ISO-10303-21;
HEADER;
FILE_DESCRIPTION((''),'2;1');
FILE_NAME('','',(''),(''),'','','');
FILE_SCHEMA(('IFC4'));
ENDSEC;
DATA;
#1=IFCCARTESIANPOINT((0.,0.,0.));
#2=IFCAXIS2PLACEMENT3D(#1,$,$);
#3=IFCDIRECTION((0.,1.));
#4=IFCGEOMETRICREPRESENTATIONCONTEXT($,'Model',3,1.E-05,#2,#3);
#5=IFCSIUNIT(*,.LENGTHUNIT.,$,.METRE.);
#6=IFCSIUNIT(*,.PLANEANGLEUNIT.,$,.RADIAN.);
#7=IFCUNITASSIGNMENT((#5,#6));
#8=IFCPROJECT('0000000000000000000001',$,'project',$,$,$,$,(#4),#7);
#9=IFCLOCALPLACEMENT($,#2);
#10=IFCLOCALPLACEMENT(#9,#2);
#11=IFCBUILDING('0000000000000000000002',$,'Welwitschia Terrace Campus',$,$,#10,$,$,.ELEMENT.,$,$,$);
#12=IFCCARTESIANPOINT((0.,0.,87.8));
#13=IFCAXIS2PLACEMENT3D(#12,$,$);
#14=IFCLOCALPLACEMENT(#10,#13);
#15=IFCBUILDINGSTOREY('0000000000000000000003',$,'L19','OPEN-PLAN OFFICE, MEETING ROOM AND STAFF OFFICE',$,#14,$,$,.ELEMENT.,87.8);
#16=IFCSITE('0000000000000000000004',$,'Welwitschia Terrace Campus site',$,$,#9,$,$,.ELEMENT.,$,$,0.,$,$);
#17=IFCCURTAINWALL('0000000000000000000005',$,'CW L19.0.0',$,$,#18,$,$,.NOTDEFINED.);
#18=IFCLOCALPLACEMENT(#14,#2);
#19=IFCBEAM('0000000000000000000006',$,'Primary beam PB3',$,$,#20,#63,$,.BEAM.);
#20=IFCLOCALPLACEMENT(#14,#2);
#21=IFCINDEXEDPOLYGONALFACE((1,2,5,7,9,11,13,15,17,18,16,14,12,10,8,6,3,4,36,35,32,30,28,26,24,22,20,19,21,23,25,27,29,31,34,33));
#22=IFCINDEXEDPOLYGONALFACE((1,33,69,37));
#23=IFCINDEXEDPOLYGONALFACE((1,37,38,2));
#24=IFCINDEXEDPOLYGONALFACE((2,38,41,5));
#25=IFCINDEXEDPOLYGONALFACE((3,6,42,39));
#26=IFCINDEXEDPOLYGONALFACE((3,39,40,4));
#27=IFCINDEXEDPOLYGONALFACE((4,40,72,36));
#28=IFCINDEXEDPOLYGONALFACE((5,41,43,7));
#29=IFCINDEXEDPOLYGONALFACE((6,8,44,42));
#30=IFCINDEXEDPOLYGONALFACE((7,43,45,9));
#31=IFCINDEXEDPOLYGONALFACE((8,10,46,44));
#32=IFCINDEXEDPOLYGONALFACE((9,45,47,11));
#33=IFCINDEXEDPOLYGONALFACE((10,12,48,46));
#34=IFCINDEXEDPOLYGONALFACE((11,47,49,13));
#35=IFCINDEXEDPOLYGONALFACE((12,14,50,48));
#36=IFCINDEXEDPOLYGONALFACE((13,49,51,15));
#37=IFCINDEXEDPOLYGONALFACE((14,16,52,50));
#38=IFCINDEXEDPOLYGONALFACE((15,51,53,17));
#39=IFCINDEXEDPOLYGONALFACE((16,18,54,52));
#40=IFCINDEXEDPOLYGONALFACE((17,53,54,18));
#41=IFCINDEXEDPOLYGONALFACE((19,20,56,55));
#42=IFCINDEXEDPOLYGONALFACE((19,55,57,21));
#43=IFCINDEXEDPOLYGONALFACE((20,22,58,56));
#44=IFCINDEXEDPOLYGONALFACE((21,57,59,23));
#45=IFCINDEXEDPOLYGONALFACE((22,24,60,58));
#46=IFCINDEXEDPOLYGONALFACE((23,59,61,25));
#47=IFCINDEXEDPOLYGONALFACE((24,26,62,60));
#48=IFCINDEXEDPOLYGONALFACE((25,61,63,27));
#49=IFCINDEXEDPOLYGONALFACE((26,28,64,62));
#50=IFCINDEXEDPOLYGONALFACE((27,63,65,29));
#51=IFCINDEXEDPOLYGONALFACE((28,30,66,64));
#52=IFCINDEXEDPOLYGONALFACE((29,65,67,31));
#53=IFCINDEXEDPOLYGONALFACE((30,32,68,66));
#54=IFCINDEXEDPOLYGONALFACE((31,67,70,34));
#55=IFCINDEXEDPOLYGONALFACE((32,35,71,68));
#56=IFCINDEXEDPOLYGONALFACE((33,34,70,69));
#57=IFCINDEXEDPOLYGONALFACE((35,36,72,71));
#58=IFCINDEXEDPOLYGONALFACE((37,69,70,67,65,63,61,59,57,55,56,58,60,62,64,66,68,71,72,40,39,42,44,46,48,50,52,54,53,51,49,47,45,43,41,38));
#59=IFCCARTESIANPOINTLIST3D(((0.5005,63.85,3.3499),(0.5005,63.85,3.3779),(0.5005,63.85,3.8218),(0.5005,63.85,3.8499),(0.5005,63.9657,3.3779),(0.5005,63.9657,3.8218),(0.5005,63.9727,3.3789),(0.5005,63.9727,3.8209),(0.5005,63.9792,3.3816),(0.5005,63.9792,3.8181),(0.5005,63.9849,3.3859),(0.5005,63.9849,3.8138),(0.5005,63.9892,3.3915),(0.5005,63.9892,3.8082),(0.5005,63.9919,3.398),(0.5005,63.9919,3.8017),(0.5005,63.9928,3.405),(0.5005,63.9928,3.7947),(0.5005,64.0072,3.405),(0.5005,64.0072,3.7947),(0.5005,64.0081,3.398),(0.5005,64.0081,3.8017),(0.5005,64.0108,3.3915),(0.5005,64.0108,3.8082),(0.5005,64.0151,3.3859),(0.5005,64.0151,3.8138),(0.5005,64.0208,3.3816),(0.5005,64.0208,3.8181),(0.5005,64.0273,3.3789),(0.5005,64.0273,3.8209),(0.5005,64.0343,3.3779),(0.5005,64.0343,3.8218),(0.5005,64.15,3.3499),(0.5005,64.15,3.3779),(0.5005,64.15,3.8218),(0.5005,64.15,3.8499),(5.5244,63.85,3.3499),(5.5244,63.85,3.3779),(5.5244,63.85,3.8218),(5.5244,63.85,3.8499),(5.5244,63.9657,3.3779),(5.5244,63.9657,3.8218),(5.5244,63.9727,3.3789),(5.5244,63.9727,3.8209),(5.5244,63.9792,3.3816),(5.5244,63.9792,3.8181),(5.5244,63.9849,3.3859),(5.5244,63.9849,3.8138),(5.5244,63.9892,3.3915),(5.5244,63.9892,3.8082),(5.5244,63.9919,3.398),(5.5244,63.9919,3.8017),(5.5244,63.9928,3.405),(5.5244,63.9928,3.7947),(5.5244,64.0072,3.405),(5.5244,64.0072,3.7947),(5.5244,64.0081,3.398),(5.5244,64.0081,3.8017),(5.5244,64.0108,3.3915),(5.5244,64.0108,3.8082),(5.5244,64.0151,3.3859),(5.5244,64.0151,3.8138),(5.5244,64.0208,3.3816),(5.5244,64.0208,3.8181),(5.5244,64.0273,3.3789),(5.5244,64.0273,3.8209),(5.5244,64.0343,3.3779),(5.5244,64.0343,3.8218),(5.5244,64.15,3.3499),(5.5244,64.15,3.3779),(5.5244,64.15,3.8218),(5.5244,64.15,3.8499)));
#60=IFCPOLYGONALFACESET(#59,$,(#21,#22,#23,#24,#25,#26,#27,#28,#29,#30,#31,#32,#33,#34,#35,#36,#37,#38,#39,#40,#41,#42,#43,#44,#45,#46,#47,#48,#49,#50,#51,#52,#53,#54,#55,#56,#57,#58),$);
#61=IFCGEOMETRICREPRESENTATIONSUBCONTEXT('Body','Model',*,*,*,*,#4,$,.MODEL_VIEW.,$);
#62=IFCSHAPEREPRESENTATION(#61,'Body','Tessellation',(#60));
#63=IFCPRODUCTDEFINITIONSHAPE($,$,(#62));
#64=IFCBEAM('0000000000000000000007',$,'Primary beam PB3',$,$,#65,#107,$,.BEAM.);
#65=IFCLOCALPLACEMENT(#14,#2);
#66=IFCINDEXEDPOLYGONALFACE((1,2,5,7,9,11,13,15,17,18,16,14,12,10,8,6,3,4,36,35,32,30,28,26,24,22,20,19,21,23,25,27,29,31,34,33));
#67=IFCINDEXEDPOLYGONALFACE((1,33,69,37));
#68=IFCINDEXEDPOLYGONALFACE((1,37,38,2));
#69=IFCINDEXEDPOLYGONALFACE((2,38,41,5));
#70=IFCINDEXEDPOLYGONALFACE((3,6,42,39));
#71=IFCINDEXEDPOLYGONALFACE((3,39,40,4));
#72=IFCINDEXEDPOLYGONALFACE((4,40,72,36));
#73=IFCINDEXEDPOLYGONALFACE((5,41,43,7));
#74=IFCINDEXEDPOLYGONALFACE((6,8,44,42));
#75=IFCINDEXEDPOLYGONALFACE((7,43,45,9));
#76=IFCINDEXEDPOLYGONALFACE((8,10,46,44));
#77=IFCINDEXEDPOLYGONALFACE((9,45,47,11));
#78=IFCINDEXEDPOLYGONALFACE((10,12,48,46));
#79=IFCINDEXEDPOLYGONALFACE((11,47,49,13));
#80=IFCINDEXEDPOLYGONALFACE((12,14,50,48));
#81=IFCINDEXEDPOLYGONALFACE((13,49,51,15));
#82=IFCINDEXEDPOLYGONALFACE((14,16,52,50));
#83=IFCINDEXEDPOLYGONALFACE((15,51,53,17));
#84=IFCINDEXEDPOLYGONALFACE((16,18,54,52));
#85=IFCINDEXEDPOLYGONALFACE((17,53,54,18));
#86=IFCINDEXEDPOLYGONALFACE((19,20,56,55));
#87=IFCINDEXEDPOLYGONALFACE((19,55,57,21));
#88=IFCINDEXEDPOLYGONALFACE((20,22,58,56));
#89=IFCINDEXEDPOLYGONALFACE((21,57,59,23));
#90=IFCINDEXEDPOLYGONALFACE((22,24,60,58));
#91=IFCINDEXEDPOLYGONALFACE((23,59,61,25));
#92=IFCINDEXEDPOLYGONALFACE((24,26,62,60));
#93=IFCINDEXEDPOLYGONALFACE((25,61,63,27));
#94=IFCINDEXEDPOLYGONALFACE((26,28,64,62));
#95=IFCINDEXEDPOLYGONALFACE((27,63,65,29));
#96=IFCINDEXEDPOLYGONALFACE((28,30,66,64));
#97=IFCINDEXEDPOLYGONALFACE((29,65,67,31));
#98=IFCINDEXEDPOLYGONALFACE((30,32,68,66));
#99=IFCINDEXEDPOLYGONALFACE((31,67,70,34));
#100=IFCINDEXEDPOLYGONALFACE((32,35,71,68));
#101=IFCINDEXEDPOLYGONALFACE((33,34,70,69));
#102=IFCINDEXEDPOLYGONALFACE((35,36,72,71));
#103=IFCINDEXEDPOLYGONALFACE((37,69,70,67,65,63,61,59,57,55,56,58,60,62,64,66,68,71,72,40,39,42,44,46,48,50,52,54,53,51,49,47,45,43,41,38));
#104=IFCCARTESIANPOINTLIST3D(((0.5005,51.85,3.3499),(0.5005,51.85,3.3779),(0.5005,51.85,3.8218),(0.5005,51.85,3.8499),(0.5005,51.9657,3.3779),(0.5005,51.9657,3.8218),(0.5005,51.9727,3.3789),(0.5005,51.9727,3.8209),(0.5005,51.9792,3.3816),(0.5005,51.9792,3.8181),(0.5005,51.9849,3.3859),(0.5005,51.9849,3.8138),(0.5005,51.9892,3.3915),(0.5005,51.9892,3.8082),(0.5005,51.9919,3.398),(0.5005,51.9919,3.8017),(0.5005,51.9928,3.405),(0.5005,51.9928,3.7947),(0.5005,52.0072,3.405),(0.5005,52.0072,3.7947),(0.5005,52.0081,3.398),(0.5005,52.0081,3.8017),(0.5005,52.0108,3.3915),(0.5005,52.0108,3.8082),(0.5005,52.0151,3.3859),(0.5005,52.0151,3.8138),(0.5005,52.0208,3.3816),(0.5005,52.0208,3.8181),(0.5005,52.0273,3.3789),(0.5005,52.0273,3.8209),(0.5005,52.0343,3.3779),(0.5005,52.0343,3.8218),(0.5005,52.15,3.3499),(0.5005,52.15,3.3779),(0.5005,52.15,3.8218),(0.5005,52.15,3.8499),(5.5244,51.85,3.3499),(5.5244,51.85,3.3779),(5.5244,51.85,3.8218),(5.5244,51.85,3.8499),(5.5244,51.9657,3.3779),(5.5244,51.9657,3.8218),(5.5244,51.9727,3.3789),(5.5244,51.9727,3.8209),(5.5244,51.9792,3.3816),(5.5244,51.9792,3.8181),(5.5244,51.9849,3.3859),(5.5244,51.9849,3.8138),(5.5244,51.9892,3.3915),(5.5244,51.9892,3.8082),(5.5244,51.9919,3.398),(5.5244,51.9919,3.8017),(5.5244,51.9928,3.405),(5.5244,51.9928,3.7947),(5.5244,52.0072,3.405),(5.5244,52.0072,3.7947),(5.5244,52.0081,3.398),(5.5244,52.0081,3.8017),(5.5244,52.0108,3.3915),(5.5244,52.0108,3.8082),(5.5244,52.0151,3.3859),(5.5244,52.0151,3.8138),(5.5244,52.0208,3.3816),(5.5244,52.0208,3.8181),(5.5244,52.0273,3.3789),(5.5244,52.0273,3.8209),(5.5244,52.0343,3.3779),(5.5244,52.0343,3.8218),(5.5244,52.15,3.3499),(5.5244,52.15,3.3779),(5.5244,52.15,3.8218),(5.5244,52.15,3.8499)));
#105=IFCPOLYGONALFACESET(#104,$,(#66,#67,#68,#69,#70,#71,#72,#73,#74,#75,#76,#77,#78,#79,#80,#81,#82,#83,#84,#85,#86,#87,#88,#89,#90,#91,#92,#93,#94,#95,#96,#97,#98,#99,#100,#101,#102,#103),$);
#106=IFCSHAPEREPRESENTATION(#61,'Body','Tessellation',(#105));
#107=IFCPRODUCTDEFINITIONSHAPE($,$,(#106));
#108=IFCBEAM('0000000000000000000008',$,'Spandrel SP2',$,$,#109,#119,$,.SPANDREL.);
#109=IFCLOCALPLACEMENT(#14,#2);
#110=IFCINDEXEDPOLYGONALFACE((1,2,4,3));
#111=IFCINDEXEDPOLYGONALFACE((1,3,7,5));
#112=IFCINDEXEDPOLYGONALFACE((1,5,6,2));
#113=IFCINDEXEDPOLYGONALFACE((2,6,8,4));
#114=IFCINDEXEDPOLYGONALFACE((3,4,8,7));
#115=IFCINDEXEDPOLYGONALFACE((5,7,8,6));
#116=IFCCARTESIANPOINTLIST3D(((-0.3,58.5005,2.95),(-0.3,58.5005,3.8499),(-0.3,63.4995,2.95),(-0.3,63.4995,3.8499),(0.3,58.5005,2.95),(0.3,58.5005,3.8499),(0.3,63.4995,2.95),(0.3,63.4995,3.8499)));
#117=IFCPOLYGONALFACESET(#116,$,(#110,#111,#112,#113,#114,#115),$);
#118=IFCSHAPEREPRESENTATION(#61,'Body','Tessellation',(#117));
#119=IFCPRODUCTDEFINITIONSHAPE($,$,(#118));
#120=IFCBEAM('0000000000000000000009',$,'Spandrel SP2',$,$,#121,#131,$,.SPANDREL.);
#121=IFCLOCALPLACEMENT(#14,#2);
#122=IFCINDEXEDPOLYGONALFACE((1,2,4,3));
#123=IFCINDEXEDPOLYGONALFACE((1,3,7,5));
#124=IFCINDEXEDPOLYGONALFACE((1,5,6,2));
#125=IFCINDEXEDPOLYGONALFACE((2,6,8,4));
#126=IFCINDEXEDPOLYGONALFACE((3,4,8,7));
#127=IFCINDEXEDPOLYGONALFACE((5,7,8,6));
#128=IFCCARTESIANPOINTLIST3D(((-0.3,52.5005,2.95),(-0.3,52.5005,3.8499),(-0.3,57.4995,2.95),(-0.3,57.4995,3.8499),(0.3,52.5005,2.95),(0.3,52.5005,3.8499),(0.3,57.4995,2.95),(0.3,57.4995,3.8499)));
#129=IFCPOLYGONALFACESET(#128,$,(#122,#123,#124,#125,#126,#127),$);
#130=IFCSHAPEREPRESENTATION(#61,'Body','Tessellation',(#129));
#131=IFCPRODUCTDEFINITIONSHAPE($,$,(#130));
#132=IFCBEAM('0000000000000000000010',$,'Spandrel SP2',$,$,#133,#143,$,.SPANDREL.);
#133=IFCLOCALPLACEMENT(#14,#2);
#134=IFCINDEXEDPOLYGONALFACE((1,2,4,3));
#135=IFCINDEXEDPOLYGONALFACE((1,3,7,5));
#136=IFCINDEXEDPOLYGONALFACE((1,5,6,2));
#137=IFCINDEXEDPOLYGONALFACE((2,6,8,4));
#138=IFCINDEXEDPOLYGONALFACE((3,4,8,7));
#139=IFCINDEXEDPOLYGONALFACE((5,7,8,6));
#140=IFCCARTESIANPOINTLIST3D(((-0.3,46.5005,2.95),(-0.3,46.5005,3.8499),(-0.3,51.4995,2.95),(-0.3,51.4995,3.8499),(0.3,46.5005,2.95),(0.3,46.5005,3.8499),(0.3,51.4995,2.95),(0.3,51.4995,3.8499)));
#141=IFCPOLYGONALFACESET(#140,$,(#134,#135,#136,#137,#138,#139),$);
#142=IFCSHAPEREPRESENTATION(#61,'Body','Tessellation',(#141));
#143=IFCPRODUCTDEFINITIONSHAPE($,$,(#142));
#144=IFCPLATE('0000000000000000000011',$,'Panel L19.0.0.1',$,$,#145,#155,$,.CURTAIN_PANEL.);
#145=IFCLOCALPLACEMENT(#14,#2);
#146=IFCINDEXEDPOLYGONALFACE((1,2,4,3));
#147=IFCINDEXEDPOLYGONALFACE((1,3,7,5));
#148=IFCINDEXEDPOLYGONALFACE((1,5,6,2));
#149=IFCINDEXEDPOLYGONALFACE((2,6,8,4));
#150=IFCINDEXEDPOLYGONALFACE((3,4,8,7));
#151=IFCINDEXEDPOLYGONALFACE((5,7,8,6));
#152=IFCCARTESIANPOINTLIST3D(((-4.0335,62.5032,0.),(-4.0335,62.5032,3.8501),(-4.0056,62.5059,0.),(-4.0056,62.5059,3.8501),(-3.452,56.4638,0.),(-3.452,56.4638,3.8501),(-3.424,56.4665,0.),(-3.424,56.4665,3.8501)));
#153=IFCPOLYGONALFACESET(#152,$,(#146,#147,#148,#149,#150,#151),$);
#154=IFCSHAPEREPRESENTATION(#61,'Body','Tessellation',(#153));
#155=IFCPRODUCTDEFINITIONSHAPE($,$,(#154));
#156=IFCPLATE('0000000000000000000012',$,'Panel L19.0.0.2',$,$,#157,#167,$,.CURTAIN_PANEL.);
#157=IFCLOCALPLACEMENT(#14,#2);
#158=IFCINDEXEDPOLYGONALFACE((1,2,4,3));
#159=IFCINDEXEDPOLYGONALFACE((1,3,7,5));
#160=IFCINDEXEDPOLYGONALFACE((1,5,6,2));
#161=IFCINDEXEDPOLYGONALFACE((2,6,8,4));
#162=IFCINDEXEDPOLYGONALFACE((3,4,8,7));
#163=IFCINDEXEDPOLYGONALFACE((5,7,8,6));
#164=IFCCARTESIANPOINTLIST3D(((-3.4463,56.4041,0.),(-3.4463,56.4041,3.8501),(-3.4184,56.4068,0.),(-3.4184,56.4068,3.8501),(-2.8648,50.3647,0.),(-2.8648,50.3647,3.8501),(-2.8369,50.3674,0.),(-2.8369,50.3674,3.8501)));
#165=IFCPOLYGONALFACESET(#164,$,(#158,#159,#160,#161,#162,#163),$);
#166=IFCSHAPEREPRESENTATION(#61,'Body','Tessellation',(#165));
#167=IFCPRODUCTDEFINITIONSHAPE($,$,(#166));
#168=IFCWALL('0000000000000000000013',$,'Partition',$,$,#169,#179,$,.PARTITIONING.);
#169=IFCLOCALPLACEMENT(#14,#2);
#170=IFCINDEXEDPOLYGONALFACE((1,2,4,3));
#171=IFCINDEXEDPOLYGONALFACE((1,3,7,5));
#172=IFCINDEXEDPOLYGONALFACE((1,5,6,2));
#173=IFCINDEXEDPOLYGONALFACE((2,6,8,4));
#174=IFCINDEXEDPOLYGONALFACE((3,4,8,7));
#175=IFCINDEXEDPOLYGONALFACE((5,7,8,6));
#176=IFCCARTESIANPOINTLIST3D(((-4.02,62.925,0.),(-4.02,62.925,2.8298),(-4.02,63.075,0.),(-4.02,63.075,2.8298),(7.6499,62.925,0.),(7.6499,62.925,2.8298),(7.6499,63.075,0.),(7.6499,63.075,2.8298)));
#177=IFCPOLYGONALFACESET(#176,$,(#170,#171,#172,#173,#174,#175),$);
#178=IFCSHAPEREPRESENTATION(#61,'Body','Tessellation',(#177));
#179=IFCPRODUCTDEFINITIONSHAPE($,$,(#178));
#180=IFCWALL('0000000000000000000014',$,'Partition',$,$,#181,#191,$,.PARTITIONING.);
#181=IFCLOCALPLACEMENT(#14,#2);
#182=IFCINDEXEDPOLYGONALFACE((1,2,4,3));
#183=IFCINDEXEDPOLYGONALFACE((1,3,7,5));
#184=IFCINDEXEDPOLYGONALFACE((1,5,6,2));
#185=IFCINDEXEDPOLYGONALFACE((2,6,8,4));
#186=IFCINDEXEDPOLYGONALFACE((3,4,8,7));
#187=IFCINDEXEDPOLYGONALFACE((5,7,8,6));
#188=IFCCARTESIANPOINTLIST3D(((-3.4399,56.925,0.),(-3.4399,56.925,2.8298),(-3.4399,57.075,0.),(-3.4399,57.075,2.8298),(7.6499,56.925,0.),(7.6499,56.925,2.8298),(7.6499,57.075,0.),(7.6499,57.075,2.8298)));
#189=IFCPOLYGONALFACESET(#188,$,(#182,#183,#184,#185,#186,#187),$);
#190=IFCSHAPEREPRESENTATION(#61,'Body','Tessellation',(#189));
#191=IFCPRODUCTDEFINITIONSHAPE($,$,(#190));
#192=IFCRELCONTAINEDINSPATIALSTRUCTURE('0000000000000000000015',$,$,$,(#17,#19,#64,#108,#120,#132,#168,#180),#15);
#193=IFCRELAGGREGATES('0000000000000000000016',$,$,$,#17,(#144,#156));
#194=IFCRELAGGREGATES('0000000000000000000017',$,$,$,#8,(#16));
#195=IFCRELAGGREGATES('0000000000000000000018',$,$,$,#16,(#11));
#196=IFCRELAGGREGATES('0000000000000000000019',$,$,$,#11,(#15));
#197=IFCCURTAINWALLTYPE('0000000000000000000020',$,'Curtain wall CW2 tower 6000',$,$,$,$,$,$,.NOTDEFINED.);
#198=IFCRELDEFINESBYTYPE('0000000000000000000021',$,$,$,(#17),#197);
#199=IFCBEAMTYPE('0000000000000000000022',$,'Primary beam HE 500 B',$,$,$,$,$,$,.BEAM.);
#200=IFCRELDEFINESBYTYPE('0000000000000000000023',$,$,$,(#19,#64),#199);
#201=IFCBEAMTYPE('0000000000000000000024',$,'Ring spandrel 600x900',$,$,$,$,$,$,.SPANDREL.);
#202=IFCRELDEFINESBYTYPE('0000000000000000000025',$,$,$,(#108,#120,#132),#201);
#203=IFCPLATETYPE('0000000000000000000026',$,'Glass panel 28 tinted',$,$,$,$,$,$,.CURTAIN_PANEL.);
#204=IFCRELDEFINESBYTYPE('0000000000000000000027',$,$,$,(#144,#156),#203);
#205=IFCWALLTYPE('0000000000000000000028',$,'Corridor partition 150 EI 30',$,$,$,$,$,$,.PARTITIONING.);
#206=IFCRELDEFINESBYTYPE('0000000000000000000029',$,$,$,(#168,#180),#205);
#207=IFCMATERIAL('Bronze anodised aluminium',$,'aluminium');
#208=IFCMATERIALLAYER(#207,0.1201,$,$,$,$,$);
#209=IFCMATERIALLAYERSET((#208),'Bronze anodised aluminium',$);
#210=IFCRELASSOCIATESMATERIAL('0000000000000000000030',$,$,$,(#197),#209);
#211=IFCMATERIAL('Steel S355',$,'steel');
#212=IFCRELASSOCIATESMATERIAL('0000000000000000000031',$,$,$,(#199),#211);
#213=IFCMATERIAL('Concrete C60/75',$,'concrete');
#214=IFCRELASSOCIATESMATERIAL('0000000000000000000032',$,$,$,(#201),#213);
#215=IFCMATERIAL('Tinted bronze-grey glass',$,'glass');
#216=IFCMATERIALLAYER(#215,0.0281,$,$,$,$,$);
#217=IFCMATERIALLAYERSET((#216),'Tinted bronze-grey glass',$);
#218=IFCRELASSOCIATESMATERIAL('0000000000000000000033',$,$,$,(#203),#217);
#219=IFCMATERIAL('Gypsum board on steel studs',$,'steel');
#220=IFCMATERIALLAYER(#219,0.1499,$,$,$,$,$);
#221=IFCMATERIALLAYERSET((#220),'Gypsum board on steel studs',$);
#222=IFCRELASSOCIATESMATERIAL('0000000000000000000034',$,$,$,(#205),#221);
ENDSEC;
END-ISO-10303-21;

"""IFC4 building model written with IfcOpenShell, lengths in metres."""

from ifc_helpers import new_model, si_unit, direction, frame, frame_2d, origin, origin_2d, place, context, subcontext, project, spatial, rectangle, i_section, extrude, material, layer, layer_set, material_profile, profile_set, type_object, element, aggregate, save


model = new_model("IFC4")

# Units and contexts
model_context = context("Model", 3, precision=1e-05, world=origin(), true_north=direction((0.0, 1.0)))
body_context = subcontext(model_context, "Body", "Model", "MODEL_VIEW")
ifc_project = project(units=[si_unit("LENGTHUNIT", "METRE"), si_unit("PLANEANGLEUNIT", "RADIAN")], contexts=[model_context])

# Site, building, storey
site_placement = place(None, origin())
site = spatial("IfcSite", under=ifc_project, at=site_placement, Name="Welwitschia Terrace Campus site", CompositionType="ELEMENT", RefElevation=0.0)
building_placement = place(site_placement, origin())
building = spatial("IfcBuilding", under=site, at=building_placement, Name="Welwitschia Terrace Campus", CompositionType="ELEMENT")
storey_placement = place(building_placement, frame((0.0, 0.0, 87.8)))
storey = spatial("IfcBuildingStorey", under=building, at=storey_placement, Name="L19", Description="OPEN-PLAN OFFICE, MEETING ROOM AND STAFF OFFICE", CompositionType="ELEMENT", Elevation=87.8)

# Curtain wall
ifc_material_1 = material(Name="Bronze anodised aluminium", Category="aluminium")
ifc_layer_1 = layer(ifc_material_1, 0.1201)
ifc_layer_set_1 = layer_set([ifc_layer_1], Name="Bronze anodised aluminium")
curtain_wall_type = type_object("IfcCurtainWallType", Name="Curtain wall CW2 tower 6000", PredefinedType="NOTDEFINED", material=ifc_layer_set_1)
curtain_wall_placement = place(storey_placement, origin())
curtain_wall = element("IfcCurtainWall", 1, at=curtain_wall_placement, inside=storey, type_object=curtain_wall_type, Name="CW L19.0.0", PredefinedType="NOTDEFINED")

# Beams
ifc_material_2 = material(Name="Steel S355", Category="steel")
ifc_material_profile_1 = material_profile(ifc_material_2, i_section(OverallWidth=0.3, OverallDepth=0.5, WebThickness=0.0144, FlangeThickness=0.0281, FilletRadius=0.0271, at=origin_2d()))
ifc_profile_set_1 = profile_set([ifc_material_profile_1], Name="Steel S355")
beam_type_1 = type_object("IfcBeamType", Name="Primary beam HE 500 B", PredefinedType="BEAM", material=ifc_profile_set_1)
for number, where, z_axis, x_axis, name in (
    (2, (0.5005, 64.0, 3.5999), (1.0, 0.0, 0.0), (0.0, 1.0, 0.0), "Primary beam PB3"),
    (3, (0.5005, 52.0, 3.5999), (1.0, 0.0, 0.0), (0.0, 1.0, 0.0), "Primary beam PB3"),
):
    element("IfcBeam", number, at=place(storey_placement, frame(where, z_axis=z_axis, x_axis=x_axis)), inside=storey, type_object=beam_type_1, Name=name, PredefinedType="BEAM", context=body_context, shape_type="SweptSolid", body=[
        extrude(i_section(OverallWidth=0.3, OverallDepth=0.5, WebThickness=0.0144, FlangeThickness=0.0281, FilletRadius=0.0271, at=origin_2d()), origin(), (0.0, 0.0, 1.0), 5.0239),
    ])
ifc_material_3 = material(Name="Concrete C60/75", Category="concrete")
ifc_material_profile_2 = material_profile(ifc_material_3, rectangle(XDim=0.6001, YDim=0.8999, at=origin_2d()))
ifc_profile_set_2 = profile_set([ifc_material_profile_2], Name="Concrete C60/75")
beam_type_2 = type_object("IfcBeamType", Name="Ring spandrel 600x900", PredefinedType="SPANDREL", material=ifc_profile_set_2)
for number, where, z_axis, x_axis, name in (
    (4, (0.0, 63.4995, 3.3999), (0.0, -1.0, 0.0), (1.0, 0.0, 0.0), "Spandrel SP2"),
    (5, (0.0, 57.4995, 3.3999), (0.0, -1.0, 0.0), (1.0, 0.0, 0.0), "Spandrel SP2"),
    (6, (0.0, 51.4995, 3.3999), (0.0, -1.0, 0.0), (1.0, 0.0, 0.0), "Spandrel SP2"),
):
    element("IfcBeam", number, at=place(storey_placement, frame(where, z_axis=z_axis, x_axis=x_axis)), inside=storey, type_object=beam_type_2, Name=name, PredefinedType="SPANDREL", context=body_context, shape_type="SweptSolid", body=[
        extrude(rectangle(XDim=0.6001, YDim=0.8999, at=origin_2d()), origin(), (0.0, 0.0, 1.0), 4.999),
    ])

# Plates
ifc_material_4 = material(Name="Tinted bronze-grey glass", Category="glass")
ifc_layer_2 = layer(ifc_material_4, 0.0281)
ifc_layer_set_2 = layer_set([ifc_layer_2], Name="Tinted bronze-grey glass")
plate_type = type_object("IfcPlateType", Name="Glass panel 28 tinted", PredefinedType="CURTAIN_PANEL", material=ifc_layer_set_2)
plate_1_placement = place(storey_placement, frame((-3.7288, 59.4849, 0.0), z_axis=(0.0, 0.0, 1.0), x_axis=(0.095846, -0.995396, 0.0)))
plate_1 = element("IfcPlate", 7, at=plate_1_placement, type_object=plate_type, Name="Panel L19.0.0.1", PredefinedType="CURTAIN_PANEL", context=body_context, shape_type="SweptSolid", body=[
    extrude(rectangle(XDim=6.0674, YDim=0.0281, at=origin_2d()), origin(), (0.0, 0.0, 1.0), 3.8501),
])
plate_2_placement = place(storey_placement, frame((-3.1416, 53.3857, 0.0), z_axis=(0.0, 0.0, 1.0), x_axis=(0.095846, -0.995396, 0.0)))
plate_2 = element("IfcPlate", 8, at=plate_2_placement, type_object=plate_type, Name="Panel L19.0.0.2", PredefinedType="CURTAIN_PANEL", context=body_context, shape_type="SweptSolid", body=[
    extrude(rectangle(XDim=6.0674, YDim=0.0281, at=origin_2d()), origin(), (0.0, 0.0, 1.0), 3.8501),
])
aggregate(curtain_wall, [plate_1, plate_2])

# Walls
ifc_material_5 = material(Name="Gypsum board on steel studs", Category="steel")
ifc_layer_3 = layer(ifc_material_5, 0.1499)
ifc_layer_set_3 = layer_set([ifc_layer_3], Name="Gypsum board on steel studs")
wall_type = type_object("IfcWallType", Name="Corridor partition 150 EI 30", PredefinedType="PARTITIONING", material=ifc_layer_set_3)
wall_1_placement = place(storey_placement, frame((-4.02, 63.0, 0.0), z_axis=(0.0, 0.0, 1.0), x_axis=(1.0, 0.0, 0.0)))
element("IfcWall", 9, at=wall_1_placement, inside=storey, type_object=wall_type, Name="Partition", PredefinedType="PARTITIONING", context=body_context, shape_type="SweptSolid", body=[
    extrude(rectangle(XDim=11.6699, YDim=0.1499, at=frame_2d((5.835, 0.0))), origin(), (0.0, 0.0, 1.0), 2.8298),
])
wall_2_placement = place(storey_placement, frame((-3.4399, 57.0, 0.0), z_axis=(0.0, 0.0, 1.0), x_axis=(1.0, 0.0, 0.0)))
element("IfcWall", 10, at=wall_2_placement, inside=storey, type_object=wall_type, Name="Partition", PredefinedType="PARTITIONING", context=body_context, shape_type="SweptSolid", body=[
    extrude(rectangle(XDim=11.0898, YDim=0.1499, at=frame_2d((5.5449, 0.0))), origin(), (0.0, 0.0, 1.0), 2.8298),
])

save(model, "model.ifc")
